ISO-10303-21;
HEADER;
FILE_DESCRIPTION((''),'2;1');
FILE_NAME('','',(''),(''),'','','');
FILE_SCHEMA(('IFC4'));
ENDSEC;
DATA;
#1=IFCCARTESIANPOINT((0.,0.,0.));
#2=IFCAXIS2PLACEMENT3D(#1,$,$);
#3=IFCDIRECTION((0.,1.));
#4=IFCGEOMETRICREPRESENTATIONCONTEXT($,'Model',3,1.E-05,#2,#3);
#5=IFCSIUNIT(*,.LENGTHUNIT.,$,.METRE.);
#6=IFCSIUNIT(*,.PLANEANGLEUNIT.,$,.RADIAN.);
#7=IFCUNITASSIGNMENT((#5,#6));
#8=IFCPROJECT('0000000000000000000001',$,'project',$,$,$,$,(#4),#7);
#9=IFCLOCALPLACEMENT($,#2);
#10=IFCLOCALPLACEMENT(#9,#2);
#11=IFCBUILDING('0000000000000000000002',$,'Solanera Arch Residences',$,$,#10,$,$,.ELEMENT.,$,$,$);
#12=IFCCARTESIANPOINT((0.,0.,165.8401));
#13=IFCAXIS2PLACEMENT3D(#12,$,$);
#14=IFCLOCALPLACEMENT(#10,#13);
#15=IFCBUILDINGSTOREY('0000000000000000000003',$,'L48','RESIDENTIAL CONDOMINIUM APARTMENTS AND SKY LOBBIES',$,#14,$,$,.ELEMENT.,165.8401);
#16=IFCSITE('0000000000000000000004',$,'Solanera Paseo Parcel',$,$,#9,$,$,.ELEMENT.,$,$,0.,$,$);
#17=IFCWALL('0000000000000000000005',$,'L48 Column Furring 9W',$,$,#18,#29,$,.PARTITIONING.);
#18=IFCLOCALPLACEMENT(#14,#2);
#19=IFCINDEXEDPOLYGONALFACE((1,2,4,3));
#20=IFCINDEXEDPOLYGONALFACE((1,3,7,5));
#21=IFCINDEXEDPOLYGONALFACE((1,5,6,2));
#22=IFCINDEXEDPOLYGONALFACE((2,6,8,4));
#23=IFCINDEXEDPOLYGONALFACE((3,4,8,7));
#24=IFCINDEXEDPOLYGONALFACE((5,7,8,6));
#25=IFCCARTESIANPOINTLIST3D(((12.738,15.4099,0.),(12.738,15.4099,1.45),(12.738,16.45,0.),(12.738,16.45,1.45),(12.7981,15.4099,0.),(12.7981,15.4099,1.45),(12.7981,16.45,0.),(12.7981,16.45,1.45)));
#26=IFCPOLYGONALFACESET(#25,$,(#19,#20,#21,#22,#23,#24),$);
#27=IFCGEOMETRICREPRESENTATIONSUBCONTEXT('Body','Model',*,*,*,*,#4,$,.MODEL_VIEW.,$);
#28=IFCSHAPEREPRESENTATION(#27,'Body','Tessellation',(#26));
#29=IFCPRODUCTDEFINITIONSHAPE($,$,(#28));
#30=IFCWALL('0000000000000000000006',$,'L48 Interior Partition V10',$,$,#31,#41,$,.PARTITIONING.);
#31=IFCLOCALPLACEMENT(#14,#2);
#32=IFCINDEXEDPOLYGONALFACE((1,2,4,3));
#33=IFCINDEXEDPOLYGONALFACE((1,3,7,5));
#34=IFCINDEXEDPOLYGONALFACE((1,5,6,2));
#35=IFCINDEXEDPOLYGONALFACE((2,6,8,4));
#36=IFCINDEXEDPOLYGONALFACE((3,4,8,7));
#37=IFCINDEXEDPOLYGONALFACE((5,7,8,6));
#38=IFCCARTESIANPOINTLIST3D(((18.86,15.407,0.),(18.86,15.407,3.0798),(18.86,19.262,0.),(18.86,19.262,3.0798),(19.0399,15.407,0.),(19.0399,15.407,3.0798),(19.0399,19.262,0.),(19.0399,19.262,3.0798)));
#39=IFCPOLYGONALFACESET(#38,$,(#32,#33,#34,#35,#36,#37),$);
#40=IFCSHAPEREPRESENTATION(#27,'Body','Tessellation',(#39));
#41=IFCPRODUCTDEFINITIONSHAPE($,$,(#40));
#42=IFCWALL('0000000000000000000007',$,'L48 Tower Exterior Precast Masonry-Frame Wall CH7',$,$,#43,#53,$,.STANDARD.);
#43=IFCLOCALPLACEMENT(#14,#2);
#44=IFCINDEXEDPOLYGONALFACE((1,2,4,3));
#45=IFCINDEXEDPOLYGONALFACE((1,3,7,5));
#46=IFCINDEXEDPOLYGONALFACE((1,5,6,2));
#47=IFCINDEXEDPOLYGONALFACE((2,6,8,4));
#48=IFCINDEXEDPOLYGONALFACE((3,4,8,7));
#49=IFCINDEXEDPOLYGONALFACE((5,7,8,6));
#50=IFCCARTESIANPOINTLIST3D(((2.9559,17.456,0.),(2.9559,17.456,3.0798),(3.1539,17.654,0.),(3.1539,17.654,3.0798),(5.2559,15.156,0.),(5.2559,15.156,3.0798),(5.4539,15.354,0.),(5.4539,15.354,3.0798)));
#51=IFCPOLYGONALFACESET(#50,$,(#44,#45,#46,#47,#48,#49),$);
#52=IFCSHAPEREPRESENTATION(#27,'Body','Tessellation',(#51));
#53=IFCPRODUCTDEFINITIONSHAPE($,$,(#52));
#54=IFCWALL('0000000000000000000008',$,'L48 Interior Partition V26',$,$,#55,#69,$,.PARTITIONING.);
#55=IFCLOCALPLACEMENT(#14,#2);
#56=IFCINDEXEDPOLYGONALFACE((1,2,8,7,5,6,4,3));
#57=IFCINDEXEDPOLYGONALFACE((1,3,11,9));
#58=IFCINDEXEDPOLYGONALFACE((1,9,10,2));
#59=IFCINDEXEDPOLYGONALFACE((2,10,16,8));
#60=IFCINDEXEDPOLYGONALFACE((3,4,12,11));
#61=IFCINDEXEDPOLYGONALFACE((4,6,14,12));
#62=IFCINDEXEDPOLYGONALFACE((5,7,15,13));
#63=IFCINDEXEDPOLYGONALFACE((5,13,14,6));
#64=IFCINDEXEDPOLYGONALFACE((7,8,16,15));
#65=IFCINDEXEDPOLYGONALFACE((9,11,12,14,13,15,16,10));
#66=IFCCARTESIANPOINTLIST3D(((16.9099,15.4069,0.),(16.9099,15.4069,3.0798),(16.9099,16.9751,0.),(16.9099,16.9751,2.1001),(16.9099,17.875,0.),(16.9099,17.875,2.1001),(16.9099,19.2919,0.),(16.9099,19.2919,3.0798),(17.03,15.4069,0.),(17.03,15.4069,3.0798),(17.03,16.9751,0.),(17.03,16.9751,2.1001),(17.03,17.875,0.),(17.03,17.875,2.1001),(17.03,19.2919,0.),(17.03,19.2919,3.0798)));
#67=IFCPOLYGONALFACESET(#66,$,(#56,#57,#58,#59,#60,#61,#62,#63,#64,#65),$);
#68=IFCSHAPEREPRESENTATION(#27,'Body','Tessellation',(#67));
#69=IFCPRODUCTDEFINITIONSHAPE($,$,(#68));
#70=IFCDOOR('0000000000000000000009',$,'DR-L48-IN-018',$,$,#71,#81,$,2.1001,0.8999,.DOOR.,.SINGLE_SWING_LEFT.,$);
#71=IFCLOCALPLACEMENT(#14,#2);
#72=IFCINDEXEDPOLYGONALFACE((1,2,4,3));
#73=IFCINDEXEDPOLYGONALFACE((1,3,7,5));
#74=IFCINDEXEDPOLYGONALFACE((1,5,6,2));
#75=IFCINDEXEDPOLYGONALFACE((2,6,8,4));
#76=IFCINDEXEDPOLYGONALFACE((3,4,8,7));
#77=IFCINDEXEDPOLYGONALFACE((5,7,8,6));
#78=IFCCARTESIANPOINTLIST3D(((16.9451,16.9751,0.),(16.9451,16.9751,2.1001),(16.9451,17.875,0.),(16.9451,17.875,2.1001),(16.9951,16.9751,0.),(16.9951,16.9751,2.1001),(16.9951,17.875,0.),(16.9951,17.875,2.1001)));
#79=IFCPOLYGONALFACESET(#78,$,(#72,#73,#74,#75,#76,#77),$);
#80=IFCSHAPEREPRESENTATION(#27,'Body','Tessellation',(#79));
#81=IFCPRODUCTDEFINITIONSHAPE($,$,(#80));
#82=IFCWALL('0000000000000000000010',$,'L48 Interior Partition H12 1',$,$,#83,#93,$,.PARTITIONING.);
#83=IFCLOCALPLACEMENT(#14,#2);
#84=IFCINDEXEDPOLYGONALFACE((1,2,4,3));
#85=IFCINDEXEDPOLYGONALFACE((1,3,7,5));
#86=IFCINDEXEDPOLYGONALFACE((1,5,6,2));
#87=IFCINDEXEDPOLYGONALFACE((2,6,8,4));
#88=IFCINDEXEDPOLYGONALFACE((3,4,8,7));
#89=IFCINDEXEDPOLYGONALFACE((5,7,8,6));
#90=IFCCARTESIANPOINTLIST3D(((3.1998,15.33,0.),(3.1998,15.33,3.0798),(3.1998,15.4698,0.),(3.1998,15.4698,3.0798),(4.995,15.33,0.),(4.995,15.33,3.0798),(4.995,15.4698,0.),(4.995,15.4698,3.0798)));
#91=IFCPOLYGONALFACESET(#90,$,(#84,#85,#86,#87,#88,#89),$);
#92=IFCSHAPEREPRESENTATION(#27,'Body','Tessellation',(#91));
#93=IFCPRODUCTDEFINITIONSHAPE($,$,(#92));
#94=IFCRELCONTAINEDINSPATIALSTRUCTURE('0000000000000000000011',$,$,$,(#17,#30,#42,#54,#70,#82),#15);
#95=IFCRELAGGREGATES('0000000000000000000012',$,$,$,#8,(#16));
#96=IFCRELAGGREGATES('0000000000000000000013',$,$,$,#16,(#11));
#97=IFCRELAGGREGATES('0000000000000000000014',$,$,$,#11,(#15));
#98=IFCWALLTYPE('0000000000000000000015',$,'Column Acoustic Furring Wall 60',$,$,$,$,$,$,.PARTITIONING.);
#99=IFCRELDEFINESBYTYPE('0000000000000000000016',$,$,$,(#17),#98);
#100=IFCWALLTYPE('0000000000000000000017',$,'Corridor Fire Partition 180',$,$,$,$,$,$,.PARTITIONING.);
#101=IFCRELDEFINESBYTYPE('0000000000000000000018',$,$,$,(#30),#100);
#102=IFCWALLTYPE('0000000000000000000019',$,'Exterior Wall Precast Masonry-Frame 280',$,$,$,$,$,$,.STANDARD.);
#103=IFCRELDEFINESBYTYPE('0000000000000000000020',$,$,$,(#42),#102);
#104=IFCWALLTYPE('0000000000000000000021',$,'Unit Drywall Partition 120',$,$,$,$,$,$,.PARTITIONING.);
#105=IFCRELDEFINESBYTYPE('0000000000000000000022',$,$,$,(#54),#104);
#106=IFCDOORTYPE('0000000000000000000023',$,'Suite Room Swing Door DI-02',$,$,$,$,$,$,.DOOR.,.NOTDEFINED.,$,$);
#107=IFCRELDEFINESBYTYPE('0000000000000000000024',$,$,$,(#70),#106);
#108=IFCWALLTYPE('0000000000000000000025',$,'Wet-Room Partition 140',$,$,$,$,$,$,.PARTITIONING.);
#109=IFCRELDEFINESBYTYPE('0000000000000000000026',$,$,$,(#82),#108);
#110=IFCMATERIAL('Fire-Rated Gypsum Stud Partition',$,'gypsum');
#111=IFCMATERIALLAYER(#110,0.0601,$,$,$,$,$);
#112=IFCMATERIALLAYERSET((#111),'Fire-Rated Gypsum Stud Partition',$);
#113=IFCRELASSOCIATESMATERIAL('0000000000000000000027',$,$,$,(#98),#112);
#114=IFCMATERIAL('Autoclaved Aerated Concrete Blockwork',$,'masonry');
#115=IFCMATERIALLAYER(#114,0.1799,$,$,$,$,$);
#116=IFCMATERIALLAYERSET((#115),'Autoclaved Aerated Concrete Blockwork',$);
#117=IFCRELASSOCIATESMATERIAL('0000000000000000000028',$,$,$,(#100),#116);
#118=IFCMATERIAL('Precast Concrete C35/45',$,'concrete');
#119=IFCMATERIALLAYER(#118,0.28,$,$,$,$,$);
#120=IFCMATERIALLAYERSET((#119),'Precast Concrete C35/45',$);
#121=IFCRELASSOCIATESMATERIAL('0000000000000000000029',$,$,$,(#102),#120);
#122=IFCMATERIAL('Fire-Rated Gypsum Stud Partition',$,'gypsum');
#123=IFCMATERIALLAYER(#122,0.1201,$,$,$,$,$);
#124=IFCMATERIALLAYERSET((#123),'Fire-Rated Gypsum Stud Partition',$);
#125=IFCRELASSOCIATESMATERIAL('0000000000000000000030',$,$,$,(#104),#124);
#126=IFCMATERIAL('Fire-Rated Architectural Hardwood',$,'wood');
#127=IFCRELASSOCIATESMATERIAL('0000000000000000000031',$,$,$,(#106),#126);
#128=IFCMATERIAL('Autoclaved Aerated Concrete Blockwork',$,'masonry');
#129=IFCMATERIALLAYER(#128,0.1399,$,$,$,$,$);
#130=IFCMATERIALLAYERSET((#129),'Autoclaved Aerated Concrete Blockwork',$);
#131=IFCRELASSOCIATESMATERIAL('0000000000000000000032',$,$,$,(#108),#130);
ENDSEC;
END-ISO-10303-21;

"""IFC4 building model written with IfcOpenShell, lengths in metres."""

from ifc_helpers import new_model, si_unit, direction, frame, frame_2d, origin, place, context, subcontext, project, spatial, rectangle, extrude, material, layer, layer_set, type_object, element, fill, save


model = new_model("IFC4")

# Units and contexts
model_context = context("Model", 3, precision=1e-05, world=origin(), true_north=direction((0.0, 1.0)))
body_context = subcontext(model_context, "Body", "Model", "MODEL_VIEW")
ifc_project = project(units=[si_unit("LENGTHUNIT", "METRE"), si_unit("PLANEANGLEUNIT", "RADIAN")], contexts=[model_context])

# Site, building, storey
site_placement = place(None, origin())
site = spatial("IfcSite", under=ifc_project, at=site_placement, Name="Solanera Paseo Parcel", CompositionType="ELEMENT", RefElevation=0.0)
building_placement = place(site_placement, origin())
building = spatial("IfcBuilding", under=site, at=building_placement, Name="Solanera Arch Residences", CompositionType="ELEMENT")
storey_placement = place(building_placement, frame((0.0, 0.0, 165.8401)))
storey = spatial("IfcBuildingStorey", under=building, at=storey_placement, Name="L48", Description="RESIDENTIAL CONDOMINIUM APARTMENTS AND SKY LOBBIES", CompositionType="ELEMENT", Elevation=165.8401)

# Walls
ifc_material_1 = material(Name="Fire-Rated Gypsum Stud Partition", Category="gypsum")
ifc_layer_1 = layer(ifc_material_1, 0.0601)
ifc_layer_set_1 = layer_set([ifc_layer_1], Name="Fire-Rated Gypsum Stud Partition")
wall_type_1 = type_object("IfcWallType", Name="Column Acoustic Furring Wall 60", PredefinedType="PARTITIONING", material=ifc_layer_set_1)
wall_1_placement = place(storey_placement, frame((12.7681, 15.4099, 0.0), z_axis=(0.0, 0.0, 1.0), x_axis=(0.0, 1.0, 0.0)))
element("IfcWall", 1, at=wall_1_placement, inside=storey, type_object=wall_type_1, Name="L48 Column Furring 9W", PredefinedType="PARTITIONING", context=body_context, shape_type="SweptSolid", body=[
    extrude(rectangle(XDim=1.04, YDim=0.0601, at=frame_2d((0.52, 0.0))), origin(), (0.0, 0.0, 1.0), 1.45),
])
ifc_material_2 = material(Name="Autoclaved Aerated Concrete Blockwork", Category="masonry")
ifc_layer_2 = layer(ifc_material_2, 0.1799)
ifc_layer_set_2 = layer_set([ifc_layer_2], Name="Autoclaved Aerated Concrete Blockwork")
wall_type_2 = type_object("IfcWallType", Name="Corridor Fire Partition 180", PredefinedType="PARTITIONING", material=ifc_layer_set_2)
wall_2_placement = place(storey_placement, frame((18.95, 15.407, 0.0), z_axis=(0.0, 0.0, 1.0), x_axis=(0.0, 1.0, 0.0)))
element("IfcWall", 2, at=wall_2_placement, inside=storey, type_object=wall_type_2, Name="L48 Interior Partition V10", PredefinedType="PARTITIONING", context=body_context, shape_type="SweptSolid", body=[
    extrude(rectangle(XDim=3.855, YDim=0.1799, at=frame_2d((1.9275, 0.0))), origin(), (0.0, 0.0, 1.0), 3.0798),
])
ifc_material_3 = material(Name="Precast Concrete C35/45", Category="concrete")
ifc_layer_3 = layer(ifc_material_3, 0.28)
ifc_layer_set_3 = layer_set([ifc_layer_3], Name="Precast Concrete C35/45")
wall_type_3 = type_object("IfcWallType", Name="Exterior Wall Precast Masonry-Frame 280", PredefinedType="STANDARD", material=ifc_layer_set_3)
wall_3_placement = place(storey_placement, frame((5.355, 15.2549, 0.0), z_axis=(0.0, 0.0, 1.0), x_axis=(-0.707107, 0.707107, 0.0)))
element("IfcWall", 3, at=wall_3_placement, inside=storey, type_object=wall_type_3, Name="L48 Tower Exterior Precast Masonry-Frame Wall CH7", PredefinedType="STANDARD", context=body_context, shape_type="SweptSolid", body=[
    extrude(rectangle(XDim=3.2527, YDim=0.28, at=frame_2d((1.6265, 0.0))), origin(), (0.0, 0.0, 1.0), 3.0798),
])

# Wall, opening, door
ifc_material_4 = material(Name="Fire-Rated Gypsum Stud Partition", Category="gypsum")
ifc_layer_4 = layer(ifc_material_4, 0.1201)
ifc_layer_set_4 = layer_set([ifc_layer_4], Name="Fire-Rated Gypsum Stud Partition")
wall_type_4 = type_object("IfcWallType", Name="Unit Drywall Partition 120", PredefinedType="PARTITIONING", material=ifc_layer_set_4)
wall_4_placement = place(storey_placement, frame((16.97, 15.407, 0.0), z_axis=(0.0, 0.0, 1.0), x_axis=(0.0, 1.0, 0.0)))
wall_4 = element("IfcWall", 4, at=wall_4_placement, inside=storey, type_object=wall_type_4, Name="L48 Interior Partition V26", PredefinedType="PARTITIONING", context=body_context, shape_type="SweptSolid", body=[
    extrude(rectangle(XDim=3.885, YDim=0.1201, at=frame_2d((1.9424, 0.0))), origin(), (0.0, 0.0, 1.0), 3.0798),
])
opening_placement = place(wall_4_placement, frame((1.5681, 0.0, 0.0)))
opening = element("IfcOpeningElement", 5, at=opening_placement, cuts=wall_4, PredefinedType="OPENING", context=body_context, shape_type="SweptSolid", body=[
    extrude(rectangle(XDim=0.8999, YDim=2.1001, at=frame_2d((0.45, 1.05))), frame((0.0, 0.0701, 0.0), z_axis=(0.0, -1.0, 0.0), x_axis=(1.0, 0.0, 0.0)), (0.0, 0.0, 1.0), 0.1401),
])
ifc_material_5 = material(Name="Fire-Rated Architectural Hardwood", Category="wood")
door_type = type_object("IfcDoorType", Name="Suite Room Swing Door DI-02", OperationType="NOTDEFINED", PredefinedType="DOOR", material=ifc_material_5)
door_placement = place(opening_placement, origin())
door = element("IfcDoor", 6, at=door_placement, inside=storey, type_object=door_type, Name="DR-L48-IN-018", OperationType="SINGLE_SWING_LEFT", OverallHeight=2.1001, OverallWidth=0.8999, PredefinedType="DOOR", context=body_context, shape_type="SweptSolid", body=[
    extrude(rectangle(XDim=0.8999, YDim=2.1001, at=frame_2d((0.45, 1.05))), frame((0.0, 0.0249, 0.0), z_axis=(0.0, -1.0, 0.0), x_axis=(1.0, 0.0, 0.0)), (0.0, 0.0, 1.0), 0.05),
])
fill(opening, door)

# Wall
ifc_material_6 = material(Name="Autoclaved Aerated Concrete Blockwork", Category="masonry")
ifc_layer_5 = layer(ifc_material_6, 0.1399)
ifc_layer_set_5 = layer_set([ifc_layer_5], Name="Autoclaved Aerated Concrete Blockwork")
wall_type_5 = type_object("IfcWallType", Name="Wet-Room Partition 140", PredefinedType="PARTITIONING", material=ifc_layer_set_5)
wall_5_placement = place(storey_placement, frame((3.2, 15.3999, 0.0), z_axis=(0.0, 0.0, 1.0), x_axis=(1.0, 0.0, 0.0)))
element("IfcWall", 7, at=wall_5_placement, inside=storey, type_object=wall_type_5, Name="L48 Interior Partition H12 1", PredefinedType="PARTITIONING", context=body_context, shape_type="SweptSolid", body=[
    extrude(rectangle(XDim=1.7952, YDim=0.1399, at=frame_2d((0.8975, 0.0))), origin(), (0.0, 0.0, 1.0), 3.0798),
])

save(model, "model.ifc")
